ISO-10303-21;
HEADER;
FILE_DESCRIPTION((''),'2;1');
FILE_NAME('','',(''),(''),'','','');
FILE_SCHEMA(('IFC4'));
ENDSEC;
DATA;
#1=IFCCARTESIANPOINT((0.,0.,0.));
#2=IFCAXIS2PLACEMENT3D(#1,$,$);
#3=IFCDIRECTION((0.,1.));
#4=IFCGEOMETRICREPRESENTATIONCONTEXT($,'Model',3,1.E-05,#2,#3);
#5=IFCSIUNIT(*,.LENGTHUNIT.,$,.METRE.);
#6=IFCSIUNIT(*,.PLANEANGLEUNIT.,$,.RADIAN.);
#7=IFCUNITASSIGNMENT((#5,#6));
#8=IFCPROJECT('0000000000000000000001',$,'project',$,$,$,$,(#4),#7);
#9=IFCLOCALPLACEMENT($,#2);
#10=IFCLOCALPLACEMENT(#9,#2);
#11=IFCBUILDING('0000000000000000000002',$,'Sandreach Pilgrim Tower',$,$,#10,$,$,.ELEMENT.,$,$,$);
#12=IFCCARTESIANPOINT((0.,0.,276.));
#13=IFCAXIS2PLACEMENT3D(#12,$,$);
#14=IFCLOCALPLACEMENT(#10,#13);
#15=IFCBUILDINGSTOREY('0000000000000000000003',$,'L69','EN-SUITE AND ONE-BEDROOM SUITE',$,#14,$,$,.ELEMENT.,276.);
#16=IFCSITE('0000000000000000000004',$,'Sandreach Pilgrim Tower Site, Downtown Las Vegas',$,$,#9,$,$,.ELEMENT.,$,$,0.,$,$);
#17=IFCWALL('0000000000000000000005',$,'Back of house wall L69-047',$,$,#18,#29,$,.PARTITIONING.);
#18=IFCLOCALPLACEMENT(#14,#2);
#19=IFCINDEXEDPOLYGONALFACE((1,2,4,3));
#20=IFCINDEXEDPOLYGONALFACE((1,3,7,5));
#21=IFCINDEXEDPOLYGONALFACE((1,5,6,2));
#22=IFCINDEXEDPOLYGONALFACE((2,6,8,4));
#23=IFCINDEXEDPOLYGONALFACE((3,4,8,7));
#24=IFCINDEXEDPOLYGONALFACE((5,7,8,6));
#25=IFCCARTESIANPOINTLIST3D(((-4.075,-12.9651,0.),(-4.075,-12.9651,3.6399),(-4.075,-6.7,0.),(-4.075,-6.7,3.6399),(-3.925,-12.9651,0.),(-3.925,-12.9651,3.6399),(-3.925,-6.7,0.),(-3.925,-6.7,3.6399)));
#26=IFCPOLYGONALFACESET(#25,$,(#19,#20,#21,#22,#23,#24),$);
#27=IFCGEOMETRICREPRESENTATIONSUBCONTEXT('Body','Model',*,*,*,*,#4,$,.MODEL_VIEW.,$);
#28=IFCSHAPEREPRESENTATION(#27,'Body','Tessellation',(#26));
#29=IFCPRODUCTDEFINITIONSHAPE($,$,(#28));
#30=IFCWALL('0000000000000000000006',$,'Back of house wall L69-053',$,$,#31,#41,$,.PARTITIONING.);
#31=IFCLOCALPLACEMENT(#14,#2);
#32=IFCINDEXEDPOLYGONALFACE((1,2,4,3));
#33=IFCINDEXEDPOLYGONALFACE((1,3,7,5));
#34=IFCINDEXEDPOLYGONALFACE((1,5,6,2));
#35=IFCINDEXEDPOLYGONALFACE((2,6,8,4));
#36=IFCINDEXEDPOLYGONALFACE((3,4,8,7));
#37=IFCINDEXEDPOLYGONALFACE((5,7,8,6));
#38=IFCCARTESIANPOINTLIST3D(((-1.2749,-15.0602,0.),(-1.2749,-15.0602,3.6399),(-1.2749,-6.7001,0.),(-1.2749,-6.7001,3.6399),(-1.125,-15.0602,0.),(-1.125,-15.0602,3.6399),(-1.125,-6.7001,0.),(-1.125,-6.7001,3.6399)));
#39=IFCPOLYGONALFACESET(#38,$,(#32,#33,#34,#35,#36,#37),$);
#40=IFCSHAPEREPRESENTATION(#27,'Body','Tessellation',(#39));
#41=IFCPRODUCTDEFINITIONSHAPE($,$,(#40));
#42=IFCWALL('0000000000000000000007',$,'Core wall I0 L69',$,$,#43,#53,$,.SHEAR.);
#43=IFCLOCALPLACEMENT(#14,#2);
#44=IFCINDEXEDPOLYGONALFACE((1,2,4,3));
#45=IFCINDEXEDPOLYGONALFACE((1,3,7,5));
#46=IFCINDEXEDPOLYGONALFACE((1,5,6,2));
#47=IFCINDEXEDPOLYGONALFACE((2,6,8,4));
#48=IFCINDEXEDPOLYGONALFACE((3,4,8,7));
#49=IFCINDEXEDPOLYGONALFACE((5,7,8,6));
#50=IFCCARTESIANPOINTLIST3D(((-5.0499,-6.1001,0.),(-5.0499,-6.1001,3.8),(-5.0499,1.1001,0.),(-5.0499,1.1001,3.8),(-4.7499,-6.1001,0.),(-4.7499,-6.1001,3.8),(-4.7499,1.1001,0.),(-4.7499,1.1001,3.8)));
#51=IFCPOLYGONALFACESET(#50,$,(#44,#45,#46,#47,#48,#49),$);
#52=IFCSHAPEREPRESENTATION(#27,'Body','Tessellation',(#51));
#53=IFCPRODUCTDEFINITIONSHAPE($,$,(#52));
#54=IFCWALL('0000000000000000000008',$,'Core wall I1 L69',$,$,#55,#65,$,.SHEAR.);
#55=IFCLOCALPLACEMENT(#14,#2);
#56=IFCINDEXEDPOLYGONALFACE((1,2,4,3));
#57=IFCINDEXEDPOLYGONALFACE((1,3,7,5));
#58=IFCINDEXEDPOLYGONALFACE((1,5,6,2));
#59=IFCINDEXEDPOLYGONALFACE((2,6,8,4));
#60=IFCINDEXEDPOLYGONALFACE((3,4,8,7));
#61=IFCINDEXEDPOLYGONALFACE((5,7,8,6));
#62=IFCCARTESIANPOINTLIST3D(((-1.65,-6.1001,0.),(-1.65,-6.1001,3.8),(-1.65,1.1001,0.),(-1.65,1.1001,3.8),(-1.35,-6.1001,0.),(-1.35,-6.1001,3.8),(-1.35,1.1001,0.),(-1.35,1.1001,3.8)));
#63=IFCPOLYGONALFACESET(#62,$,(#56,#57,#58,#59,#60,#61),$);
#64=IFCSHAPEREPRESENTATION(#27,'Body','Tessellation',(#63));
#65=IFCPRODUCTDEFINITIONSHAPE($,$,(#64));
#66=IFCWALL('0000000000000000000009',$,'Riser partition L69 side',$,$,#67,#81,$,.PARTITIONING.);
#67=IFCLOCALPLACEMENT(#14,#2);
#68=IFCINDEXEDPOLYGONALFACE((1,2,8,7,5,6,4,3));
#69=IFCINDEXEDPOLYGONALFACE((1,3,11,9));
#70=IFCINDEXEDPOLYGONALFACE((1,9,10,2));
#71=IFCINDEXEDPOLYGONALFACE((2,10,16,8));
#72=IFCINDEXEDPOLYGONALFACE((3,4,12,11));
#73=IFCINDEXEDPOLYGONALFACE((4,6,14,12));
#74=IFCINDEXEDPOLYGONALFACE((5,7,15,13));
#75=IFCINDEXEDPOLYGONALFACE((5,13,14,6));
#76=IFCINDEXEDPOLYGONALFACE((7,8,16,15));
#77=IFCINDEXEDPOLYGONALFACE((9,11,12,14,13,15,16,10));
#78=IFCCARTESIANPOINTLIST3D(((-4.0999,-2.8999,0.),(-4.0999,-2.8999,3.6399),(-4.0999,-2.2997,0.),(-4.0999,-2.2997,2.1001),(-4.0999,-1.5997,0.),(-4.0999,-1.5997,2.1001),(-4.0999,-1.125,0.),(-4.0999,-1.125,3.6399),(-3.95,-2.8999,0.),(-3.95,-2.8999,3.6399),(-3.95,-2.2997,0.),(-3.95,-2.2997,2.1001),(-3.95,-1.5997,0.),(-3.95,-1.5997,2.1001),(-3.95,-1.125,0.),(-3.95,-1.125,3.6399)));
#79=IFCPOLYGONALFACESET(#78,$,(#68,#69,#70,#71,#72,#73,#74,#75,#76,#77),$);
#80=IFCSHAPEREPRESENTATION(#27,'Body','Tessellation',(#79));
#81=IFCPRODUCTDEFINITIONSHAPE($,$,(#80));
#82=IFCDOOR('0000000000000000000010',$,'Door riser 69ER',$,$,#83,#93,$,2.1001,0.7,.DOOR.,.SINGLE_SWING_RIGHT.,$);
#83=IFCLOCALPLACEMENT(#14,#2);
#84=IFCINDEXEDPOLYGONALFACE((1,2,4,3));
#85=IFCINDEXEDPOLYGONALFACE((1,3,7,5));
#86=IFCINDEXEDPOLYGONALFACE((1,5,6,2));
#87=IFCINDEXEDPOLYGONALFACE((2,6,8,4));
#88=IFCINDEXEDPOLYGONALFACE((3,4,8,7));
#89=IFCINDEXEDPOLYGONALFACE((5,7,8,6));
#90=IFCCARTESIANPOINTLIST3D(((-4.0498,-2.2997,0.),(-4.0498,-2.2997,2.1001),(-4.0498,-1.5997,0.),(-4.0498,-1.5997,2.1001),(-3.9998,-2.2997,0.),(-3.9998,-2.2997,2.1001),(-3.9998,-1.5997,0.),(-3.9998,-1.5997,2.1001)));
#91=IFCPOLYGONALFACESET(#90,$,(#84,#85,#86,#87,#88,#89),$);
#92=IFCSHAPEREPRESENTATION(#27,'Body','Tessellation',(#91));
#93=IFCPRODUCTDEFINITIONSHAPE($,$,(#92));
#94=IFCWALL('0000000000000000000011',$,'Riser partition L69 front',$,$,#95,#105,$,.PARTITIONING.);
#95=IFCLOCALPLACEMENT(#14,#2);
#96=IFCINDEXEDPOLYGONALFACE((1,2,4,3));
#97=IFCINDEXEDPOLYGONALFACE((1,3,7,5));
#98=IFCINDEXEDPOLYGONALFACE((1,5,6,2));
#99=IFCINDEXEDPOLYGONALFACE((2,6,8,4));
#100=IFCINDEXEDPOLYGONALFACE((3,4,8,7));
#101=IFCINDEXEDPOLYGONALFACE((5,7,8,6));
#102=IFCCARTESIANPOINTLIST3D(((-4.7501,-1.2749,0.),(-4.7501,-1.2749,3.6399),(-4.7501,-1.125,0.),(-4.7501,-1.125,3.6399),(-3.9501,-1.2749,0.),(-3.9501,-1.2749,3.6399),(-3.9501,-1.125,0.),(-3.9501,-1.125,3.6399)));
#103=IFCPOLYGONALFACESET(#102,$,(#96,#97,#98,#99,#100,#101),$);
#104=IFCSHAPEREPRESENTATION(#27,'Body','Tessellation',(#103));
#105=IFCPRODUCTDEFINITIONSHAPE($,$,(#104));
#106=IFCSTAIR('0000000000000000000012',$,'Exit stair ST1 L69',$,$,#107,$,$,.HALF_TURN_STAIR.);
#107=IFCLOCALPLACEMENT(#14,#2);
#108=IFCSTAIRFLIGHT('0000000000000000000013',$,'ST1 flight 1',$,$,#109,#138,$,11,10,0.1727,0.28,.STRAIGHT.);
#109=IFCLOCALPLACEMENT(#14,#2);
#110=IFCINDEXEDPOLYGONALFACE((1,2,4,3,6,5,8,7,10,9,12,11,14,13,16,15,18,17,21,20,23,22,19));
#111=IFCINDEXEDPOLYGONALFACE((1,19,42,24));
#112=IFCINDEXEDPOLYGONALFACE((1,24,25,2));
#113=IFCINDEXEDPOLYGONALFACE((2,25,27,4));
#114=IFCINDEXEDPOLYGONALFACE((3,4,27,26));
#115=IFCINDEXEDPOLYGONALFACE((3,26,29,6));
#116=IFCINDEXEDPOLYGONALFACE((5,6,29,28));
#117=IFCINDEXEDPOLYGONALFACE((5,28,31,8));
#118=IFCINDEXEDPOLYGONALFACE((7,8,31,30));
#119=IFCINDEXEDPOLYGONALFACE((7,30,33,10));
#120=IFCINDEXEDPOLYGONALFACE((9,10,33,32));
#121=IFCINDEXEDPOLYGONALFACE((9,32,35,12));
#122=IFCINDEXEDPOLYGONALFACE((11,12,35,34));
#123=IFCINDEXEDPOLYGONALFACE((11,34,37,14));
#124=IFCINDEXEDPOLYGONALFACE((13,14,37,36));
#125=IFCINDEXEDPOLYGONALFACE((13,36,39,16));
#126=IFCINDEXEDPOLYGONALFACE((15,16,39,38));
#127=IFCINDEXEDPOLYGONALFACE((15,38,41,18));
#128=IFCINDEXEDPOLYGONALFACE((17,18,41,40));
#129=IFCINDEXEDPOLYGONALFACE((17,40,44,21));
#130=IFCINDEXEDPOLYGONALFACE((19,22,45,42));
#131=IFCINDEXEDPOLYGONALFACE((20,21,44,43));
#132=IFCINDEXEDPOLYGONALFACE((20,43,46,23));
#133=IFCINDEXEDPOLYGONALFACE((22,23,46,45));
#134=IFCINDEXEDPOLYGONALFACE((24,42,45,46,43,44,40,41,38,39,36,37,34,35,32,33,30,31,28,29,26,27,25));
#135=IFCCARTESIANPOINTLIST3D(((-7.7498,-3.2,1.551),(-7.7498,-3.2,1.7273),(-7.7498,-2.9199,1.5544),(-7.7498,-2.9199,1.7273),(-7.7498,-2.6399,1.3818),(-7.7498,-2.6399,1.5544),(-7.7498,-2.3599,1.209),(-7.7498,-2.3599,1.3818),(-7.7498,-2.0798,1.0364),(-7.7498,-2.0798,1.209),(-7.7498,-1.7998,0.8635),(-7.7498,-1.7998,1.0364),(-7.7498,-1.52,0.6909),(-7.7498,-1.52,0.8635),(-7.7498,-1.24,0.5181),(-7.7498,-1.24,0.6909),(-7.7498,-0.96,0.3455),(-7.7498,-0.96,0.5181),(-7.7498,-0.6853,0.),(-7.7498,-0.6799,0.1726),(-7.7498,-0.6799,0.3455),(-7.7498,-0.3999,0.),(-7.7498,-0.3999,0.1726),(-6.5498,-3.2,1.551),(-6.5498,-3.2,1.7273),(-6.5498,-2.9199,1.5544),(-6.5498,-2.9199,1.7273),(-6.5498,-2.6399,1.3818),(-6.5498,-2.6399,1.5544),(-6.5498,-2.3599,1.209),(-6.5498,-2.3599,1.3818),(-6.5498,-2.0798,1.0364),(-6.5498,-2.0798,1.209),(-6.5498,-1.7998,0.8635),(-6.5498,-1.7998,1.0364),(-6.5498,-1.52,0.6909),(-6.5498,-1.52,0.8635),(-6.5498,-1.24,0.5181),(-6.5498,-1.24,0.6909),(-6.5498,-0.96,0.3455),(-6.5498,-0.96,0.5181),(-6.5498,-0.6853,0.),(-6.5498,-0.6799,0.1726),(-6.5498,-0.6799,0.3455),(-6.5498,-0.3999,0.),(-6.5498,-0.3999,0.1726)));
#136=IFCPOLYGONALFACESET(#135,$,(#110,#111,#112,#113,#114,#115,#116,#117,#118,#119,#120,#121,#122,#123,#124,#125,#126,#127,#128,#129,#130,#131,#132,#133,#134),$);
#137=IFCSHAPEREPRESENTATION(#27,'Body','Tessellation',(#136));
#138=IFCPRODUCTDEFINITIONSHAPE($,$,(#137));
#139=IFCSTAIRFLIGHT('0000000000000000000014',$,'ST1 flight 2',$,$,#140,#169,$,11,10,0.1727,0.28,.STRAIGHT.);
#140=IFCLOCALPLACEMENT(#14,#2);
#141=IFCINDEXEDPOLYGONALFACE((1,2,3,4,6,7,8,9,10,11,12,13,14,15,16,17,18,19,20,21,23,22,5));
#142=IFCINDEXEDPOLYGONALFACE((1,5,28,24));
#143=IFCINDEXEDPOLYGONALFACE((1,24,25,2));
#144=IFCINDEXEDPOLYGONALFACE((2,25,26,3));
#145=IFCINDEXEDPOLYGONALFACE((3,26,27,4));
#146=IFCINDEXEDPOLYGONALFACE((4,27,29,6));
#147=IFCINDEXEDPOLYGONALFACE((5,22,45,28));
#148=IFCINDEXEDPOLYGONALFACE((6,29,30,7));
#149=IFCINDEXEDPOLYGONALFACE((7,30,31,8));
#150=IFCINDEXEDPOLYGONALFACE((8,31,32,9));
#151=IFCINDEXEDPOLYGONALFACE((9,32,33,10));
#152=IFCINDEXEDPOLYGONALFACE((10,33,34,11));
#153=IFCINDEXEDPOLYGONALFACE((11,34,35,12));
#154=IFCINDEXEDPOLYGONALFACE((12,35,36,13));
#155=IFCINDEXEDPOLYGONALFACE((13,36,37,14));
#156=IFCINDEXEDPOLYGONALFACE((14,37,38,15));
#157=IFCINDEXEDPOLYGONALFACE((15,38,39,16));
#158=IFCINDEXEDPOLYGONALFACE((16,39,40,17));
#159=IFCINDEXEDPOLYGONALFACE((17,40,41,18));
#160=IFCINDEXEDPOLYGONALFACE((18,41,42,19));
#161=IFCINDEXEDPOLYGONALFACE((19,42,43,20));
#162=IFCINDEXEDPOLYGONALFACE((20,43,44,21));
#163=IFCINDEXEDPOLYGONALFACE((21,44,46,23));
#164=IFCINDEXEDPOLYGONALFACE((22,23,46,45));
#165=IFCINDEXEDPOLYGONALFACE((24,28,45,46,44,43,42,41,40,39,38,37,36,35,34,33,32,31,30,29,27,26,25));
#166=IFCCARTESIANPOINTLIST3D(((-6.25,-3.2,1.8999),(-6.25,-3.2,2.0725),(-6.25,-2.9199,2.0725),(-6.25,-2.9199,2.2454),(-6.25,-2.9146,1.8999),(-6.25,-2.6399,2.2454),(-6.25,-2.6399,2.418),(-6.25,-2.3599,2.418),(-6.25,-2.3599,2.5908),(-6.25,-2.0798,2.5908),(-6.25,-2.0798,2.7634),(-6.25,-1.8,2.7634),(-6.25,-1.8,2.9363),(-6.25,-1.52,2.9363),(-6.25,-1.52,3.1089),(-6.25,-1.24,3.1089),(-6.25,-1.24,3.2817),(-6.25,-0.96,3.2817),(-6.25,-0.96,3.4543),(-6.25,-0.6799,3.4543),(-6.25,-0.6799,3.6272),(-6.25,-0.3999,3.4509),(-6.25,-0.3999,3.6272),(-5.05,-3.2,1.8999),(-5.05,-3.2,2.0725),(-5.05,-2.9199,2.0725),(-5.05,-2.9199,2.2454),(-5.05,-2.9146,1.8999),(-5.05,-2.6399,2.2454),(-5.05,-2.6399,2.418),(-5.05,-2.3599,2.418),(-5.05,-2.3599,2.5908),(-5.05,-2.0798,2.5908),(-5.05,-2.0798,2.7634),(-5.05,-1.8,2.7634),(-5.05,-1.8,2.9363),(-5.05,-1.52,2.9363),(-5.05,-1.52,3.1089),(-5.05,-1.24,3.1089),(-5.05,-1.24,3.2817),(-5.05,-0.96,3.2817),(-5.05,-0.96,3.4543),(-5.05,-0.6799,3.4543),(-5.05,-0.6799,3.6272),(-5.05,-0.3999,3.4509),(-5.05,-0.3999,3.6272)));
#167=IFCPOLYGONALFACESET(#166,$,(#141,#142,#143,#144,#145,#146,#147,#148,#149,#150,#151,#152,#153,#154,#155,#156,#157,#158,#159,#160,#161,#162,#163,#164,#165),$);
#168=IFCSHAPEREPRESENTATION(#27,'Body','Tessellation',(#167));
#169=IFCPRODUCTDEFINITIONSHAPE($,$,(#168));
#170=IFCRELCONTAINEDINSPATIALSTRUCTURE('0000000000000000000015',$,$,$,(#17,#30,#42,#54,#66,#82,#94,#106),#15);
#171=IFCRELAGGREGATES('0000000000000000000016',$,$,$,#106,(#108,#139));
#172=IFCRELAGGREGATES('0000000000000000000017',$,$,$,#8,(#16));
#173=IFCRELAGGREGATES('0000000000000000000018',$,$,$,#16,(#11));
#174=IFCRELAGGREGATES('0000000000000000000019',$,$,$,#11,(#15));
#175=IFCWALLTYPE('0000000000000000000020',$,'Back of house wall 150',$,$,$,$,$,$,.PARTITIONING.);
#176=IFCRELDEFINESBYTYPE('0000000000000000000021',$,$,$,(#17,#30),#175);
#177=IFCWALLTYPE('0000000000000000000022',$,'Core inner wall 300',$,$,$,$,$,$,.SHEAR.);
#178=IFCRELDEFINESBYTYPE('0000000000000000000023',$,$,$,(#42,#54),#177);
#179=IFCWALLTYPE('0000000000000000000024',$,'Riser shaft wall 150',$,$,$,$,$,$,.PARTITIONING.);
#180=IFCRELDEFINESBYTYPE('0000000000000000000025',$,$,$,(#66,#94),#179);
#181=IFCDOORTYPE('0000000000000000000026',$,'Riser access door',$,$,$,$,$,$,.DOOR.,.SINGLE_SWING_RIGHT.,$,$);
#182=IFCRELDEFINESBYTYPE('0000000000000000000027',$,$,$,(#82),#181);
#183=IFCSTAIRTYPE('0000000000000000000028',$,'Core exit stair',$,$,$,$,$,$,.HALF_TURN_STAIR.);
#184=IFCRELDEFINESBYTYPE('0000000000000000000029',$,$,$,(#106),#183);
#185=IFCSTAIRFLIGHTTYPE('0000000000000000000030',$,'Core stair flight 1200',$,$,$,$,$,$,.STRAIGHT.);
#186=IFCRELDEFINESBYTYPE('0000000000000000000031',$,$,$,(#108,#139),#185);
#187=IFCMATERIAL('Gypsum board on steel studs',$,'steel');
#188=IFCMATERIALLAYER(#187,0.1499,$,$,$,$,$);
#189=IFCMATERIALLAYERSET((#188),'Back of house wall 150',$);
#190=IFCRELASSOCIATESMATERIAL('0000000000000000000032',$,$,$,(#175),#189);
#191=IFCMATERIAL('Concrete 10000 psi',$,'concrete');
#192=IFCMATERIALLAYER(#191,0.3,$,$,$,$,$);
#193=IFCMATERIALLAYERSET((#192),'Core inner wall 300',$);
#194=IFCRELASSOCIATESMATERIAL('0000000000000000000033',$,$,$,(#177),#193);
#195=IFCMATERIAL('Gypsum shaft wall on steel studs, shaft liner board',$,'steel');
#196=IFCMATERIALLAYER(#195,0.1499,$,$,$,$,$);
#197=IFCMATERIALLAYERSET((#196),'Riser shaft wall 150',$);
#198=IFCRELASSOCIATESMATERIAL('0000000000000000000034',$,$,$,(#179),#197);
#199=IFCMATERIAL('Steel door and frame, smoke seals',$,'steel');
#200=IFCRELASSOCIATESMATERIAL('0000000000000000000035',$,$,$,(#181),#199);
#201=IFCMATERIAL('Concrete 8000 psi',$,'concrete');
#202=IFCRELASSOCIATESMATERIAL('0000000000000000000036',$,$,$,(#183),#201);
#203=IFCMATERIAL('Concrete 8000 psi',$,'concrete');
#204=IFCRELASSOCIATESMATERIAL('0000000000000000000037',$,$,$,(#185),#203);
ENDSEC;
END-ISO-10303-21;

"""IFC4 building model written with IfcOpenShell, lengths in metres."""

from ifc_helpers import new_model, si_unit, direction, frame, frame_2d, origin, place, context, subcontext, project, spatial, polyline, rectangle, outline, extrude, material, layer, layer_set, type_object, element, fill, aggregate, save


model = new_model("IFC4")

# Units and contexts
model_context = context("Model", 3, precision=1e-05, world=origin(), true_north=direction((0.0, 1.0)))
body_context = subcontext(model_context, "Body", "Model", "MODEL_VIEW")
ifc_project = project(units=[si_unit("LENGTHUNIT", "METRE"), si_unit("PLANEANGLEUNIT", "RADIAN")], contexts=[model_context])

# Site, building, storey
site_placement = place(None, origin())
site = spatial("IfcSite", under=ifc_project, at=site_placement, Name="Sandreach Pilgrim Tower Site, Downtown Las Vegas", CompositionType="ELEMENT", RefElevation=0.0)
building_placement = place(site_placement, origin())
building = spatial("IfcBuilding", under=site, at=building_placement, Name="Sandreach Pilgrim Tower", CompositionType="ELEMENT")
storey_placement = place(building_placement, frame((0.0, 0.0, 276.0)))
storey = spatial("IfcBuildingStorey", under=building, at=storey_placement, Name="L69", Description="EN-SUITE AND ONE-BEDROOM SUITE", CompositionType="ELEMENT", Elevation=276.0)

# Walls
ifc_material_1 = material(Name="Gypsum board on steel studs", Category="steel")
ifc_layer_1 = layer(ifc_material_1, 0.1499)
ifc_layer_set_1 = layer_set([ifc_layer_1], Name="Back of house wall 150")
wall_type_1 = type_object("IfcWallType", Name="Back of house wall 150", PredefinedType="PARTITIONING", material=ifc_layer_set_1)
wall_1_placement = place(storey_placement, frame((-4.0, -6.7, 0.0), z_axis=(0.0, 0.0, 1.0), x_axis=(0.0, -1.0, 0.0)))
element("IfcWall", 1, at=wall_1_placement, inside=storey, type_object=wall_type_1, Name="Back of house wall L69-047", PredefinedType="PARTITIONING", context=body_context, shape_type="SweptSolid", body=[
    extrude(rectangle(XDim=6.2651, YDim=0.1499, at=frame_2d((3.1326, 0.0))), origin(), (0.0, 0.0, 1.0), 3.6399),
])
wall_2_placement = place(storey_placement, frame((-1.2, -6.7, 0.0), z_axis=(0.0, 0.0, 1.0), x_axis=(0.0, -1.0, 0.0)))
element("IfcWall", 2, at=wall_2_placement, inside=storey, type_object=wall_type_1, Name="Back of house wall L69-053", PredefinedType="PARTITIONING", context=body_context, shape_type="SweptSolid", body=[
    extrude(rectangle(XDim=8.3601, YDim=0.1499, at=frame_2d((4.1802, 0.0))), origin(), (0.0, 0.0, 1.0), 3.6399),
])
ifc_material_2 = material(Name="Concrete 10000 psi", Category="concrete")
ifc_layer_2 = layer(ifc_material_2, 0.3)
ifc_layer_set_2 = layer_set([ifc_layer_2], Name="Core inner wall 300")
wall_type_2 = type_object("IfcWallType", Name="Core inner wall 300", PredefinedType="SHEAR", material=ifc_layer_set_2)
for number, where, z_axis, x_axis, name in (
    (3, (-4.8999, -6.1001, 0.0), (0.0, 0.0, 1.0), (0.0, 1.0, 0.0), "Core wall I0 L69"),
    (4, (-1.5, -6.1001, 0.0), (0.0, 0.0, 1.0), (0.0, 1.0, 0.0), "Core wall I1 L69"),
):
    element("IfcWall", number, at=place(storey_placement, frame(where, z_axis=z_axis, x_axis=x_axis)), inside=storey, type_object=wall_type_2, Name=name, PredefinedType="SHEAR", context=body_context, shape_type="SweptSolid", body=[
        extrude(rectangle(XDim=7.2002, YDim=0.3, at=frame_2d((3.6001, 0.0))), origin(), (0.0, 0.0, 1.0), 3.8),
    ])

# Wall, opening, door
ifc_material_3 = material(Name="Gypsum shaft wall on steel studs, shaft liner board", Category="steel")
ifc_layer_3 = layer(ifc_material_3, 0.1499)
ifc_layer_set_3 = layer_set([ifc_layer_3], Name="Riser shaft wall 150")
wall_type_3 = type_object("IfcWallType", Name="Riser shaft wall 150", PredefinedType="PARTITIONING", material=ifc_layer_set_3)
wall_3_placement = place(storey_placement, frame((-4.0249, -2.8999, 0.0), z_axis=(0.0, 0.0, 1.0), x_axis=(0.0, 1.0, 0.0)))
wall_3 = element("IfcWall", 5, at=wall_3_placement, inside=storey, type_object=wall_type_3, Name="Riser partition L69 side", PredefinedType="PARTITIONING", context=body_context, shape_type="SweptSolid", body=[
    extrude(rectangle(XDim=1.7749, YDim=0.1499, at=frame_2d((0.8875, 0.0))), origin(), (0.0, 0.0, 1.0), 3.6399),
])
opening_1_placement = place(wall_3_placement, frame((0.6001, 0.0, 0.0)))
opening_1 = element("IfcOpeningElement", 6, at=opening_1_placement, cuts=wall_3, PredefinedType="OPENING", context=body_context, shape_type="SweptSolid", body=[
    extrude(rectangle(XDim=0.7, YDim=2.1001, at=frame_2d((0.3501, 1.05))), frame((0.0, 0.075, 0.0), z_axis=(0.0, -1.0, 0.0), x_axis=(1.0, 0.0, 0.0)), (0.0, 0.0, 1.0), 0.1499),
])
ifc_material_4 = material(Name="Steel door and frame, smoke seals", Category="steel")
door_type_1 = type_object("IfcDoorType", Name="Riser access door", OperationType="SINGLE_SWING_RIGHT", PredefinedType="DOOR", material=ifc_material_4)
door_1_placement = place(opening_1_placement, origin())
door_1 = element("IfcDoor", 7, at=door_1_placement, inside=storey, type_object=door_type_1, Name="Door riser 69ER", OperationType="SINGLE_SWING_RIGHT", OverallHeight=2.1001, OverallWidth=0.7, PredefinedType="DOOR", context=body_context, shape_type="SweptSolid", body=[
    extrude(rectangle(XDim=0.7, YDim=2.1001, at=frame_2d((0.3501, 1.05))), frame((0.0, 0.0249, 0.0), z_axis=(0.0, -1.0, 0.0), x_axis=(1.0, 0.0, 0.0)), (0.0, 0.0, 1.0), 0.05),
])
fill(opening_1, door_1)

# Wall
wall_4_placement = place(storey_placement, frame((-4.75, -1.2, 0.0), z_axis=(0.0, 0.0, 1.0), x_axis=(1.0, 0.0, 0.0)))
element("IfcWall", 8, at=wall_4_placement, inside=storey, type_object=wall_type_3, Name="Riser partition L69 front", PredefinedType="PARTITIONING", context=body_context, shape_type="SweptSolid", body=[
    extrude(rectangle(XDim=0.8, YDim=0.1499, at=frame_2d((0.3999, 0.0))), origin(), (0.0, 0.0, 1.0), 3.6399),
])

# Stair, stair flights
ifc_material_5 = material(Name="Concrete 8000 psi", Category="concrete")
stair_type = type_object("IfcStairType", Name="Core exit stair", PredefinedType="HALF_TURN_STAIR", material=ifc_material_5)
stair_1_placement = place(storey_placement, origin())
stair_1 = element("IfcStair", 9, at=stair_1_placement, inside=storey, type_object=stair_type, Name="Exit stair ST1 L69", PredefinedType="HALF_TURN_STAIR")
ifc_material_6 = material(Name="Concrete 8000 psi", Category="concrete")
stair_flight_type = type_object("IfcStairFlightType", Name="Core stair flight 1200", PredefinedType="STRAIGHT", material=ifc_material_6)
stair_flight_1_placement = place(storey_placement, frame((-7.1499, -0.3999, 0.0), z_axis=(0.0, 0.0, 1.0), x_axis=(0.0, -1.0, 0.0)))
stair_flight_1 = element("IfcStairFlight", 10, at=stair_flight_1_placement, type_object=stair_flight_type, Name="ST1 flight 1", NumberOfRisers=11, NumberOfTreads=10, PredefinedType="STRAIGHT", RiserHeight=0.1727, TreadLength=0.28, context=body_context, shape_type="SweptSolid", body=[
    extrude(outline(polyline([(0.0, 0.0), (0.0, 0.1726), (0.28, 0.1726), (0.28, 0.3455), (0.5601, 0.3455), (0.5601, 0.5181), (0.8401, 0.5181), (0.8401, 0.6909), (1.1201, 0.6909), (1.1201, 0.8635), (1.3999, 0.8635), (1.3999, 1.0364), (1.6799, 1.0364), (1.6799, 1.209), (1.96, 1.209), (1.96, 1.3818), (2.24, 1.3818), (2.24, 1.5544), (2.52, 1.5544), (2.52, 1.7273), (2.8, 1.7273), (2.8, 1.8999), (2.8, 1.551), (0.2854, 0.0), (0.0, 0.0)])), frame((0.0, 0.6001, 0.0), z_axis=(0.0, -1.0, 0.0), x_axis=(1.0, 0.0, 0.0)), (0.0, 0.0, 1.0), 1.2),
])
stair_flight_2_placement = place(storey_placement, frame((-5.6499, -3.2, 1.8999), z_axis=(0.0, 0.0, 1.0), x_axis=(0.0, 1.0, 0.0)))
stair_flight_2 = element("IfcStairFlight", 11, at=stair_flight_2_placement, type_object=stair_flight_type, Name="ST1 flight 2", NumberOfRisers=11, NumberOfTreads=10, PredefinedType="STRAIGHT", RiserHeight=0.1727, TreadLength=0.28, context=body_context, shape_type="SweptSolid", body=[
    extrude(outline(polyline([(0.0, 0.0), (0.0, 0.1726), (0.28, 0.1726), (0.28, 0.3455), (0.5601, 0.3455), (0.5601, 0.5181), (0.8401, 0.5181), (0.8401, 0.6909), (1.1201, 0.6909), (1.1201, 0.8635), (1.3999, 0.8635), (1.3999, 1.0364), (1.6799, 1.0364), (1.6799, 1.209), (1.96, 1.209), (1.96, 1.3818), (2.24, 1.3818), (2.24, 1.5544), (2.52, 1.5544), (2.52, 1.7273), (2.8, 1.7273), (2.8, 1.8999), (2.8, 1.551), (0.2854, 0.0), (0.0, 0.0)])), frame((0.0, 0.6001, 0.0), z_axis=(0.0, -1.0, 0.0), x_axis=(1.0, 0.0, 0.0)), (0.0, 0.0, 1.0), 1.2),
])
aggregate(stair_1, [stair_flight_1, stair_flight_2])

save(model, "model.ifc")
